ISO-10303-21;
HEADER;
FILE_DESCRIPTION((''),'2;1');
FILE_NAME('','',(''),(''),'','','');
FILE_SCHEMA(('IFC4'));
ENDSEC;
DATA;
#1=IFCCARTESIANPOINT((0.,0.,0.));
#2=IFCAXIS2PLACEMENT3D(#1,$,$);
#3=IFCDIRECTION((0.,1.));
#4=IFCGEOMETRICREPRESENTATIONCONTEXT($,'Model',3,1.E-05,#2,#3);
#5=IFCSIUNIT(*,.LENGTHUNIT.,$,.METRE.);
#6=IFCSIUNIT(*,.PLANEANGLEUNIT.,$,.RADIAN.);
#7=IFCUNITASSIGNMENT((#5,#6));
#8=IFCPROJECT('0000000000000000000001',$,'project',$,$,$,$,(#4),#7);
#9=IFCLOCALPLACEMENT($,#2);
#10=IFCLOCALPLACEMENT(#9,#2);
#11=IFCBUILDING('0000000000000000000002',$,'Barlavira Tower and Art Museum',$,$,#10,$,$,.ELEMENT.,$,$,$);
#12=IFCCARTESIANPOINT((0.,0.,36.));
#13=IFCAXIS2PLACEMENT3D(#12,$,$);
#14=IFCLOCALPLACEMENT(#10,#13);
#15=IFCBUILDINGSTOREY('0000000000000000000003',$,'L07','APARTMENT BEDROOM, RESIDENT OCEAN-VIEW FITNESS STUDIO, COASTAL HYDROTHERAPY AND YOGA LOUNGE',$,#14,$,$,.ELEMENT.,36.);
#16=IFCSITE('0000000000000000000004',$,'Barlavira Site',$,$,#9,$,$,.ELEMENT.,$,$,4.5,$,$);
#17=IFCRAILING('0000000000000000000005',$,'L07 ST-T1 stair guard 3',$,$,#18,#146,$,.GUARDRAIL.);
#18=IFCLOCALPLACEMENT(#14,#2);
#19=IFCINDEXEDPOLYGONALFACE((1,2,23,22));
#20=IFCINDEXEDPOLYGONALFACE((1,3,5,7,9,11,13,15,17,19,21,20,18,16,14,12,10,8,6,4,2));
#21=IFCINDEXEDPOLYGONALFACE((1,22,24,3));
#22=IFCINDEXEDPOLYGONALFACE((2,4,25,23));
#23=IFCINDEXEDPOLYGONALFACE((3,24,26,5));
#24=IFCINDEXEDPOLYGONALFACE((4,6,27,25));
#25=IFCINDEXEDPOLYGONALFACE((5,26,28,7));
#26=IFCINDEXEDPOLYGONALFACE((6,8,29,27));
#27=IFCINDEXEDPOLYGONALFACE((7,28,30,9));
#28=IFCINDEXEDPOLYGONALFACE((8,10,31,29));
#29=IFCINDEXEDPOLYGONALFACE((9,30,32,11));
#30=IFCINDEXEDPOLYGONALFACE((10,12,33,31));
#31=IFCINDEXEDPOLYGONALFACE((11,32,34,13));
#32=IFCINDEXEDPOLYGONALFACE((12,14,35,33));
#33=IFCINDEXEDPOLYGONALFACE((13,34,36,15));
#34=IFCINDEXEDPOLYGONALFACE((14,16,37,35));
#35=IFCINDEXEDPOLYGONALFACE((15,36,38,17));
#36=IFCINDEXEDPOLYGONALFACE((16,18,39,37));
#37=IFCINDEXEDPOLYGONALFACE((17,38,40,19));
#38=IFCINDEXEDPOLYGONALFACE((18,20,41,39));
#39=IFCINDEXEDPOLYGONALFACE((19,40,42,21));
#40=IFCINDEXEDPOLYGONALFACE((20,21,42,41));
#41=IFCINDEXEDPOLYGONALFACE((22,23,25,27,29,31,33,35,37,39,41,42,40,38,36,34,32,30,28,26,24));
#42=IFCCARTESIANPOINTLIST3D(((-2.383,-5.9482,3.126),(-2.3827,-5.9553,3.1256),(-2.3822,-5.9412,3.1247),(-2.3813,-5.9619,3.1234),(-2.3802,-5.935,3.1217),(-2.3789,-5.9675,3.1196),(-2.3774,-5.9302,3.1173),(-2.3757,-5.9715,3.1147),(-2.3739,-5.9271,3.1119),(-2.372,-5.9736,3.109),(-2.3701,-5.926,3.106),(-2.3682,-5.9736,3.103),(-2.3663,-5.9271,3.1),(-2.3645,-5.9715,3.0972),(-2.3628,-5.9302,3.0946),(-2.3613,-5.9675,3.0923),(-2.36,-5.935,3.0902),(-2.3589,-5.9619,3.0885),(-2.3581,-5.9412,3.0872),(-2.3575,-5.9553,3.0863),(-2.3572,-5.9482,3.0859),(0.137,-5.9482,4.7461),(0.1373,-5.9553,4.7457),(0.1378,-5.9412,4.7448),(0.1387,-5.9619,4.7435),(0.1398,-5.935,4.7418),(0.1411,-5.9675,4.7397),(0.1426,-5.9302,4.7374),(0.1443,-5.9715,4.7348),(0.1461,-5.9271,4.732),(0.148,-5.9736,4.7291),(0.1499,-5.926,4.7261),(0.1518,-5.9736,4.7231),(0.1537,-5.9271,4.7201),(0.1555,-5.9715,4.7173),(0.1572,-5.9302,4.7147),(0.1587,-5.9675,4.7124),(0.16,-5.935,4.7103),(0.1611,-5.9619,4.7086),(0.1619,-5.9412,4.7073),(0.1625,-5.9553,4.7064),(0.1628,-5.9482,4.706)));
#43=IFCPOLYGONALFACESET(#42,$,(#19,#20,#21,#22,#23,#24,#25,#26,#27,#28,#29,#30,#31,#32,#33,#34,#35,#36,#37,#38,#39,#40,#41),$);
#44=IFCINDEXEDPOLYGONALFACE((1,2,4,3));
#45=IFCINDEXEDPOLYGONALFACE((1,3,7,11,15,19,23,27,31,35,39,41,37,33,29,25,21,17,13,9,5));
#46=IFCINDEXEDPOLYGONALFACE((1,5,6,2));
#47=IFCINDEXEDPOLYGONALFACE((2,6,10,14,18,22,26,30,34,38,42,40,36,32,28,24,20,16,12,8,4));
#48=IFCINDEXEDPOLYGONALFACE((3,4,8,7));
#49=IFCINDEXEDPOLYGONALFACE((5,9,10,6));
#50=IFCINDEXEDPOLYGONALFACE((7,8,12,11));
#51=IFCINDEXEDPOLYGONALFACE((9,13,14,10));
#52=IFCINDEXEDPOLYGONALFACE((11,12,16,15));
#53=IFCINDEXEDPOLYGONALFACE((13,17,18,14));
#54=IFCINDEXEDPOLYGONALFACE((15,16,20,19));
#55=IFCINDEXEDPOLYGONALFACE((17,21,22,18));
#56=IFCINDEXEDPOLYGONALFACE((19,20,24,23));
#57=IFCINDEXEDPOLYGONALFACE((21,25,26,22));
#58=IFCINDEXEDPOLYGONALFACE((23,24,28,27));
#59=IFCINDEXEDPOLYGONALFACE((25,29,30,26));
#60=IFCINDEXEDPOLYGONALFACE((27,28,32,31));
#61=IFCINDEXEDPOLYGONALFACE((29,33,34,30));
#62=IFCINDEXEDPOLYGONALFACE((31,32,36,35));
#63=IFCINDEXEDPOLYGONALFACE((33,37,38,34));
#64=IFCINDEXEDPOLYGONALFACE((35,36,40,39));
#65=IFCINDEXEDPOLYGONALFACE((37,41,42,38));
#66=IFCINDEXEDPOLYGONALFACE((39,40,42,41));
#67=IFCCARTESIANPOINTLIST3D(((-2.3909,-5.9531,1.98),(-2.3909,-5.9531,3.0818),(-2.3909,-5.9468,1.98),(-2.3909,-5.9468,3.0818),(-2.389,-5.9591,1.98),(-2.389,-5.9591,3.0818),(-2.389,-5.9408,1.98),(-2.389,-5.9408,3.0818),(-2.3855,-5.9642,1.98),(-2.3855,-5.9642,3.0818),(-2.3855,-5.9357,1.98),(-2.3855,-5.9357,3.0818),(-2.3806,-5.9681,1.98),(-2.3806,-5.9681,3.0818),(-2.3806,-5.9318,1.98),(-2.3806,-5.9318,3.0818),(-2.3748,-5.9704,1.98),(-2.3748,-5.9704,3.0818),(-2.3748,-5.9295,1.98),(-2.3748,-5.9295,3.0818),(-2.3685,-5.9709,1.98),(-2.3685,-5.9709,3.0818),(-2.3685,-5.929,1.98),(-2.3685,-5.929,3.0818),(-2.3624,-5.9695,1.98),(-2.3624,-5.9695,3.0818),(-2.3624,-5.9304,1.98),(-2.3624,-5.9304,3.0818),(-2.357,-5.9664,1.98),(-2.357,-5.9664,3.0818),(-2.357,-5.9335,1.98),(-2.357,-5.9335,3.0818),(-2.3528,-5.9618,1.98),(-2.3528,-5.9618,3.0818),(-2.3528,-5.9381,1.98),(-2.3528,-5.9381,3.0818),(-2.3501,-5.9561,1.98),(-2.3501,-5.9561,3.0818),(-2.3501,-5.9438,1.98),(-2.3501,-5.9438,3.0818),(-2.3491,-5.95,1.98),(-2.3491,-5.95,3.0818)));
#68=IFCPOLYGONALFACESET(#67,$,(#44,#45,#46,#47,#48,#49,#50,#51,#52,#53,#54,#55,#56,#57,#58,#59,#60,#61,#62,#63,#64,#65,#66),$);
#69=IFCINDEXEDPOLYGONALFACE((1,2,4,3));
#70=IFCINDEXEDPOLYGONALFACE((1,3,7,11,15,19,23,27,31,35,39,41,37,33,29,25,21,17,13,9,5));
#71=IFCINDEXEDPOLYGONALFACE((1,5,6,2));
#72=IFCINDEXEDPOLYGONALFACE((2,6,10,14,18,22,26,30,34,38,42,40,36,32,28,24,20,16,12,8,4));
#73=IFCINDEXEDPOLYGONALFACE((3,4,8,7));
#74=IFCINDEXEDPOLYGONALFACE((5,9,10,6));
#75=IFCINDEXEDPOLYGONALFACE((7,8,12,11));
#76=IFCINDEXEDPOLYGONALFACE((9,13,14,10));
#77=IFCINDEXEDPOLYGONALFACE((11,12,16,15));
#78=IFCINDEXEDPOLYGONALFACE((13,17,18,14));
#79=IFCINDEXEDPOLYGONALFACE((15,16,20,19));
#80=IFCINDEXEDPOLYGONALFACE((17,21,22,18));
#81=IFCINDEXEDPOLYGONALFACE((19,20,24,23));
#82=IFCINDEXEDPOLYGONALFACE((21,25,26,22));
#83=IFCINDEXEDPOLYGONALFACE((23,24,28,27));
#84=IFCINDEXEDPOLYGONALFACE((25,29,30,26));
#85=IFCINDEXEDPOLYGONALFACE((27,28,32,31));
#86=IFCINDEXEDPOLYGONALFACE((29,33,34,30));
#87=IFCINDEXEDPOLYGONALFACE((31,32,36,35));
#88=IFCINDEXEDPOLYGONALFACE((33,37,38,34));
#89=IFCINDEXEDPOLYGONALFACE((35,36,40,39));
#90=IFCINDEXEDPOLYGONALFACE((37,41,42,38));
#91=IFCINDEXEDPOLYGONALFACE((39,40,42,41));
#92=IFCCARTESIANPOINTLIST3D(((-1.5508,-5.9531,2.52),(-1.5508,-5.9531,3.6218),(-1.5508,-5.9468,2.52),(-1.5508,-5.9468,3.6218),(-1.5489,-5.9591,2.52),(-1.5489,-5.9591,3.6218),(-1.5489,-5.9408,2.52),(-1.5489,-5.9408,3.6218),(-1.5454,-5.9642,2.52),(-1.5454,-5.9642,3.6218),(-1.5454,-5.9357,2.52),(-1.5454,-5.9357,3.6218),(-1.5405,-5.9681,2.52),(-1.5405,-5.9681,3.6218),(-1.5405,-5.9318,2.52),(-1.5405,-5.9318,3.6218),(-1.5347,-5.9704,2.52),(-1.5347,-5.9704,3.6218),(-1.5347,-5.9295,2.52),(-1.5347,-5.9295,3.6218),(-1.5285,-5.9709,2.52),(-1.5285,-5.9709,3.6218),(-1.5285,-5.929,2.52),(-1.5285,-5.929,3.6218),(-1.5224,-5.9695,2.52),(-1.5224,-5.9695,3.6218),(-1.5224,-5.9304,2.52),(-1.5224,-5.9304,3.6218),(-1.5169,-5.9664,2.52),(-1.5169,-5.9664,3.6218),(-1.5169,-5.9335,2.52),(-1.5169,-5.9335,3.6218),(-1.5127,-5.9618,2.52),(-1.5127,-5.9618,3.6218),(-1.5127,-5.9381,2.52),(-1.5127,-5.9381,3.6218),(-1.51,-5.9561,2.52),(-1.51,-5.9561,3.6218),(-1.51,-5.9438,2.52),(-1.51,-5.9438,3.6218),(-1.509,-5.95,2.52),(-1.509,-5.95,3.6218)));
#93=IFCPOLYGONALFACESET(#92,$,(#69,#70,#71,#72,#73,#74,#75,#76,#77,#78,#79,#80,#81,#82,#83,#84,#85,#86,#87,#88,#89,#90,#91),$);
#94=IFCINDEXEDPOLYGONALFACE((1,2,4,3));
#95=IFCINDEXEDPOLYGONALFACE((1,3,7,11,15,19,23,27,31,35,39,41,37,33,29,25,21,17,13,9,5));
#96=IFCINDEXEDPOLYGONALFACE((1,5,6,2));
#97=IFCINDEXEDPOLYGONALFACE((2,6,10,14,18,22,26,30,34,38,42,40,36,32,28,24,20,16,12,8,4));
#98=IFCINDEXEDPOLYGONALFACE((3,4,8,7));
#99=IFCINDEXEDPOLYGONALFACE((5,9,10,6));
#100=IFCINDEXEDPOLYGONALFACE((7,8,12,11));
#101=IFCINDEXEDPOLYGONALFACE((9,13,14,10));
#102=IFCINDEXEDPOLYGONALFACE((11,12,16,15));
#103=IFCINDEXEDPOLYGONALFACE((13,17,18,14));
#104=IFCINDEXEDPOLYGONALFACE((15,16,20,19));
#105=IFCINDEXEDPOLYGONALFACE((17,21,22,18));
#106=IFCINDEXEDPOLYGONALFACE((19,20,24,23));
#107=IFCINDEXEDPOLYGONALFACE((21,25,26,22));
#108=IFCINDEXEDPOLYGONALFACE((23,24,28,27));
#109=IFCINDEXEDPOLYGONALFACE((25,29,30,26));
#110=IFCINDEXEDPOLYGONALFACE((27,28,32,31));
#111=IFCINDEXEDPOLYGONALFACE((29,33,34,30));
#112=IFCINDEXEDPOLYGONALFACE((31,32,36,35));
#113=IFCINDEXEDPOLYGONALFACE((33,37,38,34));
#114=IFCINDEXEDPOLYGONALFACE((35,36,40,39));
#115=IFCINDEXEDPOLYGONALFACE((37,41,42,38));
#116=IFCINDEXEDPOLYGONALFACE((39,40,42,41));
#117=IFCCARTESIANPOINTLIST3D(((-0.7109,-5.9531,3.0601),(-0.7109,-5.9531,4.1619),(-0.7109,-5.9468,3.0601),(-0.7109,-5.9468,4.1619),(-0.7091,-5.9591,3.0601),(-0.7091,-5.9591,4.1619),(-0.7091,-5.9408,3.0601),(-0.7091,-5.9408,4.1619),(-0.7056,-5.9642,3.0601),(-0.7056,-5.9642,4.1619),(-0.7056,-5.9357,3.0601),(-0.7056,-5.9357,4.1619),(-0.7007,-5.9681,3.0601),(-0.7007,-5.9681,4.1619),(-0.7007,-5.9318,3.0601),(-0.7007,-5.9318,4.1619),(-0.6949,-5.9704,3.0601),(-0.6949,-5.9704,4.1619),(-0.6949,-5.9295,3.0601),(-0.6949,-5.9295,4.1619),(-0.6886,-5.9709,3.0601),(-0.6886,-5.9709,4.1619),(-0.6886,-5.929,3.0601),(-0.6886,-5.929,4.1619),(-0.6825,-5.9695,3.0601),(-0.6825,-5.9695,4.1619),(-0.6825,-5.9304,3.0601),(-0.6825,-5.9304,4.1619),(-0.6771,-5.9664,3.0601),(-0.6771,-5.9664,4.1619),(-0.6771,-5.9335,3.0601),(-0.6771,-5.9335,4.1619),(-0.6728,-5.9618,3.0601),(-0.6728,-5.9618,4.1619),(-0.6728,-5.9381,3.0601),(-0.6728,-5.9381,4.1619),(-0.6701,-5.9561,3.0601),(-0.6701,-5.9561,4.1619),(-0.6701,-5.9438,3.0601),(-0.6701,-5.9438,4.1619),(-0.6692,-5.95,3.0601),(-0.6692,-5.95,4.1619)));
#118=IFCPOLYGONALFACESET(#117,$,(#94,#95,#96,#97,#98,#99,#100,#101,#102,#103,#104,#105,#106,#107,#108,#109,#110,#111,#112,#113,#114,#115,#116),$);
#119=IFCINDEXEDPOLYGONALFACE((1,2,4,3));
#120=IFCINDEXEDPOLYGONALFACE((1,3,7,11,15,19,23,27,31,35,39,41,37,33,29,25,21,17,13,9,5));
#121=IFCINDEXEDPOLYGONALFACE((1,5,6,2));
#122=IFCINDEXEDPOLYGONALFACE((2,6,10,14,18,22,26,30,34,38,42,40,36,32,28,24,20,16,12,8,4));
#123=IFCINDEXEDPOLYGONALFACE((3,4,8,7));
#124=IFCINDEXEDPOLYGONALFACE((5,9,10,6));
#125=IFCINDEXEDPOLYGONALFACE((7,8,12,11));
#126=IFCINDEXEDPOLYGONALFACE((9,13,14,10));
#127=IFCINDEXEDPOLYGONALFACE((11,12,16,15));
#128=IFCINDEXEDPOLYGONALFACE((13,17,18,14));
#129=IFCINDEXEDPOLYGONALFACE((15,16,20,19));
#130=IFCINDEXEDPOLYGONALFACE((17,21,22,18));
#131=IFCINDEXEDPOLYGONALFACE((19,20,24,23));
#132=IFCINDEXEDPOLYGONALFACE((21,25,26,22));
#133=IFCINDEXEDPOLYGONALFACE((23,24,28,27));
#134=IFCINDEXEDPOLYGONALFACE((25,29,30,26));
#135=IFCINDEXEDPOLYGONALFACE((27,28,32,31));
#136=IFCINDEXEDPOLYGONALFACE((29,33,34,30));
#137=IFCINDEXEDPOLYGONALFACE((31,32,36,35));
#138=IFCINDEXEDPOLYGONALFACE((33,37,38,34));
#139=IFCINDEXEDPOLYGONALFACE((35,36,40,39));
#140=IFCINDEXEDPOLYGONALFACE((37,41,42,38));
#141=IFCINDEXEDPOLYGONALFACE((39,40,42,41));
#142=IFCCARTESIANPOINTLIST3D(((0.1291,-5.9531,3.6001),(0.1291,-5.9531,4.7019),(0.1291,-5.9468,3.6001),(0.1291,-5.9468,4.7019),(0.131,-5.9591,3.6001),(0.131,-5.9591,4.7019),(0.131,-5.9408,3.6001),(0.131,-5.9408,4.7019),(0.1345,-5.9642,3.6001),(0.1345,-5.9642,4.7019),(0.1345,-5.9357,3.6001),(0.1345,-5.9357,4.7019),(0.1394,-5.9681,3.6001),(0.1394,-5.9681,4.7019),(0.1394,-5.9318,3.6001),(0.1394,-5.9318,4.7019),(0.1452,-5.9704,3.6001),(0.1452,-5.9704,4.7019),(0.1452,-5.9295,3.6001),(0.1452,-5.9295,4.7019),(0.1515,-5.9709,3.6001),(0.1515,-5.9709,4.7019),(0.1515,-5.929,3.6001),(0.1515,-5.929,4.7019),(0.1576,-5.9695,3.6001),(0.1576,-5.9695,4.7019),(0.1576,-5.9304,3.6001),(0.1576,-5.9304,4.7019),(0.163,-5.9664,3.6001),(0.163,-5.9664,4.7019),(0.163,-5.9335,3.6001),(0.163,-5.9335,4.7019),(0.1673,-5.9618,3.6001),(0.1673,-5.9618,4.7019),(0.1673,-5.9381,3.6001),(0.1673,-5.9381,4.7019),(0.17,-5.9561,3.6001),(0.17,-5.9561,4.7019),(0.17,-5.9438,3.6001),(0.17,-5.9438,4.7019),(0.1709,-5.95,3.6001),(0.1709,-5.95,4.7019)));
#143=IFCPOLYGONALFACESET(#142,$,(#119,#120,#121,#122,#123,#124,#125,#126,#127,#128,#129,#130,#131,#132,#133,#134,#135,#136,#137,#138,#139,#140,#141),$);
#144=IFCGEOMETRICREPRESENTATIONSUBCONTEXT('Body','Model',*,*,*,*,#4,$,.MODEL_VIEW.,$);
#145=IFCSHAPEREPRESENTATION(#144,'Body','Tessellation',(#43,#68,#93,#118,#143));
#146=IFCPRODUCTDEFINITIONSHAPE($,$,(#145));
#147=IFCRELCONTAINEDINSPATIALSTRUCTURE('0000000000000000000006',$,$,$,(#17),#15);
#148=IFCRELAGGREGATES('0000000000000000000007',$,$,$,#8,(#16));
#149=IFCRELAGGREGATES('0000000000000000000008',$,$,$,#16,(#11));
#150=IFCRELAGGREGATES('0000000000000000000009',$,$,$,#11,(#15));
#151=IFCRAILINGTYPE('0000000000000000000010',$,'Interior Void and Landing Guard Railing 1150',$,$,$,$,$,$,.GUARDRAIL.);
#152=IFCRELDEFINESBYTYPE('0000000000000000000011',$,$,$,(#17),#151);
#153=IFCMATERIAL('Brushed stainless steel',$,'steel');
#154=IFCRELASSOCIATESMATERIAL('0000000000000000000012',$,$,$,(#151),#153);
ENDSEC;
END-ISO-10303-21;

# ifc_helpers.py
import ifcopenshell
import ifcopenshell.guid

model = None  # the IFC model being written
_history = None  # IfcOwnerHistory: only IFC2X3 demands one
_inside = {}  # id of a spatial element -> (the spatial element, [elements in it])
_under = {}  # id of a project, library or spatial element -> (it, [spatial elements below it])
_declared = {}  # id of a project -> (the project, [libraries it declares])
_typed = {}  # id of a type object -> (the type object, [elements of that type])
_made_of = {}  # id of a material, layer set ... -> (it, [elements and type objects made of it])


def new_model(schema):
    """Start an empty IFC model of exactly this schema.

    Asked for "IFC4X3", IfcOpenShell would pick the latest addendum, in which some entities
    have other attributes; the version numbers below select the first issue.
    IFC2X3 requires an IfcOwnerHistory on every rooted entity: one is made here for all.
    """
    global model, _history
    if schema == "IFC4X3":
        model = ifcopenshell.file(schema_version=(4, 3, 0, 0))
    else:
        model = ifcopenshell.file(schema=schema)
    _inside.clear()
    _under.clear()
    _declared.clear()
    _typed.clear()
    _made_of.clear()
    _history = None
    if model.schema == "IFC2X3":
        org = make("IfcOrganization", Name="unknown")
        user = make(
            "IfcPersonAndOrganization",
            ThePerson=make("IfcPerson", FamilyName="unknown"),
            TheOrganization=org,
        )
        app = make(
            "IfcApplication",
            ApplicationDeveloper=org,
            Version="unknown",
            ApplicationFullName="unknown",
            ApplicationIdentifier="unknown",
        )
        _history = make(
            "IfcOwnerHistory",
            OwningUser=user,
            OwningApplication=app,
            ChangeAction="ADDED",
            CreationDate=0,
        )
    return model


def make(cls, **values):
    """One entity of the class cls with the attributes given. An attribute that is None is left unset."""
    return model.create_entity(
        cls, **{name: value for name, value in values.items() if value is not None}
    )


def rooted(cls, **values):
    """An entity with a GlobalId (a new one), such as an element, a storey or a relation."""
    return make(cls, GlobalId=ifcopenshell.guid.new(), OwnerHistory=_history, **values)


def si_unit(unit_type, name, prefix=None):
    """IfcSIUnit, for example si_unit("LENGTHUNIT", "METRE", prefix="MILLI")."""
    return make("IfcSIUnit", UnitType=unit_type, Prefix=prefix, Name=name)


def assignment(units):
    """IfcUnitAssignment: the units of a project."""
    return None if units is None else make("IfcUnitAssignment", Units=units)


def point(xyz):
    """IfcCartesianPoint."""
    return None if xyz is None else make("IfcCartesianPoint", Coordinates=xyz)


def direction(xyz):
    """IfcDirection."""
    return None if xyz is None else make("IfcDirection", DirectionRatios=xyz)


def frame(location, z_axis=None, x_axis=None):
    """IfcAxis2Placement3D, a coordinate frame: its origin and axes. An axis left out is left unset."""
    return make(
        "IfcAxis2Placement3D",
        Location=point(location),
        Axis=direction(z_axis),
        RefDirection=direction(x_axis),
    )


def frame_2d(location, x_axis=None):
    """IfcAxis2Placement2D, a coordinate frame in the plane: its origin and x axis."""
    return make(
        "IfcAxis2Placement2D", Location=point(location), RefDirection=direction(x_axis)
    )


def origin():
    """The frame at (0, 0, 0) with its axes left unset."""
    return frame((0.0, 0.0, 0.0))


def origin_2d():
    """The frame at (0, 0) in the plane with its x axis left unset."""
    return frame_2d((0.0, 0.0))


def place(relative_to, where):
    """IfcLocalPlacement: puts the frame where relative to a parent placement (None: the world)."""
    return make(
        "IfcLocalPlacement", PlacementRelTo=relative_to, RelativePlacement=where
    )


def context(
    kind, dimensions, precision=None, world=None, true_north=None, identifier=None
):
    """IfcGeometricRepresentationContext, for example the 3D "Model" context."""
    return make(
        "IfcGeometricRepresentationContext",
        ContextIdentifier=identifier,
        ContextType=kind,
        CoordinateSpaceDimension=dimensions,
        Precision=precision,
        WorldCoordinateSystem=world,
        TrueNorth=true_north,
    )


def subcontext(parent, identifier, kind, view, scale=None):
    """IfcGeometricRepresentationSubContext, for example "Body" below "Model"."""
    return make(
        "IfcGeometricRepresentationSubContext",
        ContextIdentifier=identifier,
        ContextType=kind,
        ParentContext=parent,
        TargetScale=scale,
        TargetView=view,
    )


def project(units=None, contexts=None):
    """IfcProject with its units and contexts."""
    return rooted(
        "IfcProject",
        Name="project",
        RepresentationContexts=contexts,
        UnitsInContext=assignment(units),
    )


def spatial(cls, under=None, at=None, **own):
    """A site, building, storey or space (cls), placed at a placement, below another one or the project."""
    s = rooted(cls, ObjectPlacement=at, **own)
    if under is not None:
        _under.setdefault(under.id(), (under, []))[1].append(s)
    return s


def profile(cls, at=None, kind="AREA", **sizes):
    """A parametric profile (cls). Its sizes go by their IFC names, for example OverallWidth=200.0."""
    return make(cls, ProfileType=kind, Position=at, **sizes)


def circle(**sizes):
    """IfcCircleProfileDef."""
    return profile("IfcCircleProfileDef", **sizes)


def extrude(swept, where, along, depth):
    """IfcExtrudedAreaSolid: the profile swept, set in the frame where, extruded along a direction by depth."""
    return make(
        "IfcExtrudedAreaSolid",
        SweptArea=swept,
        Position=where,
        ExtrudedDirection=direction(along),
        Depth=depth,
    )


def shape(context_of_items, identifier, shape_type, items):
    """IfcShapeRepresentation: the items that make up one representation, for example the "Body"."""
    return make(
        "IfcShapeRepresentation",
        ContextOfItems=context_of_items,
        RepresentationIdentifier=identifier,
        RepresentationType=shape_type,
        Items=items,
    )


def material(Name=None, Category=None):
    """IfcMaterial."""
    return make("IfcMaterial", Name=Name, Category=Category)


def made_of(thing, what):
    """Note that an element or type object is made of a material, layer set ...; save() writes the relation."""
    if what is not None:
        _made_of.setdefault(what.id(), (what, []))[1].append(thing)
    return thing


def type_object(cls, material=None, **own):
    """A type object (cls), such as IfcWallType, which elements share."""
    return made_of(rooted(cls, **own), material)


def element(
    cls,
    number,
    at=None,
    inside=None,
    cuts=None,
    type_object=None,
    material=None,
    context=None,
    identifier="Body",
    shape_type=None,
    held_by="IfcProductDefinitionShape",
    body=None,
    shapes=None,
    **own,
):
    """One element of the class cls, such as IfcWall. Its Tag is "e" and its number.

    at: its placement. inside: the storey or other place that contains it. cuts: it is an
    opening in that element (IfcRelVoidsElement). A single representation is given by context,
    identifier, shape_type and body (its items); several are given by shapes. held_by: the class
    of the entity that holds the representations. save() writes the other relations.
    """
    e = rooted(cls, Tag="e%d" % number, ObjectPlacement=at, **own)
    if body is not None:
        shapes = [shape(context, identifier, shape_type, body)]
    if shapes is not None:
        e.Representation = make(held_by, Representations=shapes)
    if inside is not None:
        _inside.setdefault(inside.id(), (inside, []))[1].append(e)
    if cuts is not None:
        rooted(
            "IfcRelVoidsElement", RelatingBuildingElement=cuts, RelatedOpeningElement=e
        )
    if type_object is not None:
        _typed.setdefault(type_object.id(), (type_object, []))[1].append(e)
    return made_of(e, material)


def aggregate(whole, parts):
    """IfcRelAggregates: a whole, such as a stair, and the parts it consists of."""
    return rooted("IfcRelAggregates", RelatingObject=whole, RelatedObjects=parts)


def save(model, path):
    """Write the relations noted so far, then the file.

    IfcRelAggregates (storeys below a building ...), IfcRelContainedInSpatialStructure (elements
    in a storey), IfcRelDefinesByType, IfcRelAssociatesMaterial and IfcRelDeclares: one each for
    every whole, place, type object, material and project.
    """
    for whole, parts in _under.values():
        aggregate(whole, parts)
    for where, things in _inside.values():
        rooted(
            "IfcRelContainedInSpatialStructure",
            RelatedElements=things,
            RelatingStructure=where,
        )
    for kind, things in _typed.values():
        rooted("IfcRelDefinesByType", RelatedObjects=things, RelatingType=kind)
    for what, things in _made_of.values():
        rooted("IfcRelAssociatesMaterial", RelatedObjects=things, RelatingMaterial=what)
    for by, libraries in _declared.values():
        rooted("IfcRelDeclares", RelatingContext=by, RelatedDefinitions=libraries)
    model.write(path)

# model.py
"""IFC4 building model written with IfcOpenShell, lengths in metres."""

from ifc_helpers import new_model, si_unit, direction, frame, origin, origin_2d, place, context, subcontext, project, spatial, circle, extrude, material, type_object, element, save


model = new_model("IFC4")

# Units and contexts
model_context = context("Model", 3, precision=1e-05, world=origin(), true_north=direction((0.0, 1.0)))
body_context = subcontext(model_context, "Body", "Model", "MODEL_VIEW")
ifc_project = project(units=[si_unit("LENGTHUNIT", "METRE"), si_unit("PLANEANGLEUNIT", "RADIAN")], contexts=[model_context])

# Site, building, storey
site_placement = place(None, origin())
site = spatial("IfcSite", under=ifc_project, at=site_placement, Name="Barlavira Site", CompositionType="ELEMENT", RefElevation=4.5)
building_placement = place(site_placement, origin())
building = spatial("IfcBuilding", under=site, at=building_placement, Name="Barlavira Tower and Art Museum", CompositionType="ELEMENT")
storey_placement = place(building_placement, frame((0.0, 0.0, 36.0)))
storey = spatial("IfcBuildingStorey", under=building, at=storey_placement, Name="L07", Description="APARTMENT BEDROOM, RESIDENT OCEAN-VIEW FITNESS STUDIO, COASTAL HYDROTHERAPY AND YOGA LOUNGE", CompositionType="ELEMENT", Elevation=36.0)

# Shared definitions
ifc_material_1 = material(Name="Brushed stainless steel", Category="steel")

# Railing
railing_type_1 = type_object("IfcRailingType", Name="Interior Void and Landing Guard Railing 1150", PredefinedType="GUARDRAIL", material=ifc_material_1)
railing_1_placement = place(storey_placement, frame((-2.3701, -5.95, 1.98)))
element("IfcRailing", 1, at=railing_1_placement, inside=storey, type_object=railing_type_1, Name="L07 ST-T1 stair guard 3", PredefinedType="GUARDRAIL", context=body_context, shape_type="SweptSolid", body=[
    extrude(circle(Radius=0.0239, at=origin_2d()), frame((0.0, 0.0, 1.126), z_axis=(0.841163, 0.0, 0.540782), x_axis=(0.0, 1.0, 0.0)), (0.0, 0.0, 1.0), 2.9958),
    extrude(circle(Radius=0.021, at=origin_2d()), origin(), (0.0, 0.0, 1.0), 1.1018),
    extrude(circle(Radius=0.021, at=origin_2d()), frame((0.8401, 0.0, 0.54)), (0.0, 0.0, 1.0), 1.1018),
    extrude(circle(Radius=0.021, at=origin_2d()), frame((1.6799, 0.0, 1.0801)), (0.0, 0.0, 1.0), 1.1018),
    extrude(circle(Radius=0.021, at=origin_2d()), frame((2.52, 0.0, 1.6201)), (0.0, 0.0, 1.0), 1.1018),
])

save(model, "model.ifc")
